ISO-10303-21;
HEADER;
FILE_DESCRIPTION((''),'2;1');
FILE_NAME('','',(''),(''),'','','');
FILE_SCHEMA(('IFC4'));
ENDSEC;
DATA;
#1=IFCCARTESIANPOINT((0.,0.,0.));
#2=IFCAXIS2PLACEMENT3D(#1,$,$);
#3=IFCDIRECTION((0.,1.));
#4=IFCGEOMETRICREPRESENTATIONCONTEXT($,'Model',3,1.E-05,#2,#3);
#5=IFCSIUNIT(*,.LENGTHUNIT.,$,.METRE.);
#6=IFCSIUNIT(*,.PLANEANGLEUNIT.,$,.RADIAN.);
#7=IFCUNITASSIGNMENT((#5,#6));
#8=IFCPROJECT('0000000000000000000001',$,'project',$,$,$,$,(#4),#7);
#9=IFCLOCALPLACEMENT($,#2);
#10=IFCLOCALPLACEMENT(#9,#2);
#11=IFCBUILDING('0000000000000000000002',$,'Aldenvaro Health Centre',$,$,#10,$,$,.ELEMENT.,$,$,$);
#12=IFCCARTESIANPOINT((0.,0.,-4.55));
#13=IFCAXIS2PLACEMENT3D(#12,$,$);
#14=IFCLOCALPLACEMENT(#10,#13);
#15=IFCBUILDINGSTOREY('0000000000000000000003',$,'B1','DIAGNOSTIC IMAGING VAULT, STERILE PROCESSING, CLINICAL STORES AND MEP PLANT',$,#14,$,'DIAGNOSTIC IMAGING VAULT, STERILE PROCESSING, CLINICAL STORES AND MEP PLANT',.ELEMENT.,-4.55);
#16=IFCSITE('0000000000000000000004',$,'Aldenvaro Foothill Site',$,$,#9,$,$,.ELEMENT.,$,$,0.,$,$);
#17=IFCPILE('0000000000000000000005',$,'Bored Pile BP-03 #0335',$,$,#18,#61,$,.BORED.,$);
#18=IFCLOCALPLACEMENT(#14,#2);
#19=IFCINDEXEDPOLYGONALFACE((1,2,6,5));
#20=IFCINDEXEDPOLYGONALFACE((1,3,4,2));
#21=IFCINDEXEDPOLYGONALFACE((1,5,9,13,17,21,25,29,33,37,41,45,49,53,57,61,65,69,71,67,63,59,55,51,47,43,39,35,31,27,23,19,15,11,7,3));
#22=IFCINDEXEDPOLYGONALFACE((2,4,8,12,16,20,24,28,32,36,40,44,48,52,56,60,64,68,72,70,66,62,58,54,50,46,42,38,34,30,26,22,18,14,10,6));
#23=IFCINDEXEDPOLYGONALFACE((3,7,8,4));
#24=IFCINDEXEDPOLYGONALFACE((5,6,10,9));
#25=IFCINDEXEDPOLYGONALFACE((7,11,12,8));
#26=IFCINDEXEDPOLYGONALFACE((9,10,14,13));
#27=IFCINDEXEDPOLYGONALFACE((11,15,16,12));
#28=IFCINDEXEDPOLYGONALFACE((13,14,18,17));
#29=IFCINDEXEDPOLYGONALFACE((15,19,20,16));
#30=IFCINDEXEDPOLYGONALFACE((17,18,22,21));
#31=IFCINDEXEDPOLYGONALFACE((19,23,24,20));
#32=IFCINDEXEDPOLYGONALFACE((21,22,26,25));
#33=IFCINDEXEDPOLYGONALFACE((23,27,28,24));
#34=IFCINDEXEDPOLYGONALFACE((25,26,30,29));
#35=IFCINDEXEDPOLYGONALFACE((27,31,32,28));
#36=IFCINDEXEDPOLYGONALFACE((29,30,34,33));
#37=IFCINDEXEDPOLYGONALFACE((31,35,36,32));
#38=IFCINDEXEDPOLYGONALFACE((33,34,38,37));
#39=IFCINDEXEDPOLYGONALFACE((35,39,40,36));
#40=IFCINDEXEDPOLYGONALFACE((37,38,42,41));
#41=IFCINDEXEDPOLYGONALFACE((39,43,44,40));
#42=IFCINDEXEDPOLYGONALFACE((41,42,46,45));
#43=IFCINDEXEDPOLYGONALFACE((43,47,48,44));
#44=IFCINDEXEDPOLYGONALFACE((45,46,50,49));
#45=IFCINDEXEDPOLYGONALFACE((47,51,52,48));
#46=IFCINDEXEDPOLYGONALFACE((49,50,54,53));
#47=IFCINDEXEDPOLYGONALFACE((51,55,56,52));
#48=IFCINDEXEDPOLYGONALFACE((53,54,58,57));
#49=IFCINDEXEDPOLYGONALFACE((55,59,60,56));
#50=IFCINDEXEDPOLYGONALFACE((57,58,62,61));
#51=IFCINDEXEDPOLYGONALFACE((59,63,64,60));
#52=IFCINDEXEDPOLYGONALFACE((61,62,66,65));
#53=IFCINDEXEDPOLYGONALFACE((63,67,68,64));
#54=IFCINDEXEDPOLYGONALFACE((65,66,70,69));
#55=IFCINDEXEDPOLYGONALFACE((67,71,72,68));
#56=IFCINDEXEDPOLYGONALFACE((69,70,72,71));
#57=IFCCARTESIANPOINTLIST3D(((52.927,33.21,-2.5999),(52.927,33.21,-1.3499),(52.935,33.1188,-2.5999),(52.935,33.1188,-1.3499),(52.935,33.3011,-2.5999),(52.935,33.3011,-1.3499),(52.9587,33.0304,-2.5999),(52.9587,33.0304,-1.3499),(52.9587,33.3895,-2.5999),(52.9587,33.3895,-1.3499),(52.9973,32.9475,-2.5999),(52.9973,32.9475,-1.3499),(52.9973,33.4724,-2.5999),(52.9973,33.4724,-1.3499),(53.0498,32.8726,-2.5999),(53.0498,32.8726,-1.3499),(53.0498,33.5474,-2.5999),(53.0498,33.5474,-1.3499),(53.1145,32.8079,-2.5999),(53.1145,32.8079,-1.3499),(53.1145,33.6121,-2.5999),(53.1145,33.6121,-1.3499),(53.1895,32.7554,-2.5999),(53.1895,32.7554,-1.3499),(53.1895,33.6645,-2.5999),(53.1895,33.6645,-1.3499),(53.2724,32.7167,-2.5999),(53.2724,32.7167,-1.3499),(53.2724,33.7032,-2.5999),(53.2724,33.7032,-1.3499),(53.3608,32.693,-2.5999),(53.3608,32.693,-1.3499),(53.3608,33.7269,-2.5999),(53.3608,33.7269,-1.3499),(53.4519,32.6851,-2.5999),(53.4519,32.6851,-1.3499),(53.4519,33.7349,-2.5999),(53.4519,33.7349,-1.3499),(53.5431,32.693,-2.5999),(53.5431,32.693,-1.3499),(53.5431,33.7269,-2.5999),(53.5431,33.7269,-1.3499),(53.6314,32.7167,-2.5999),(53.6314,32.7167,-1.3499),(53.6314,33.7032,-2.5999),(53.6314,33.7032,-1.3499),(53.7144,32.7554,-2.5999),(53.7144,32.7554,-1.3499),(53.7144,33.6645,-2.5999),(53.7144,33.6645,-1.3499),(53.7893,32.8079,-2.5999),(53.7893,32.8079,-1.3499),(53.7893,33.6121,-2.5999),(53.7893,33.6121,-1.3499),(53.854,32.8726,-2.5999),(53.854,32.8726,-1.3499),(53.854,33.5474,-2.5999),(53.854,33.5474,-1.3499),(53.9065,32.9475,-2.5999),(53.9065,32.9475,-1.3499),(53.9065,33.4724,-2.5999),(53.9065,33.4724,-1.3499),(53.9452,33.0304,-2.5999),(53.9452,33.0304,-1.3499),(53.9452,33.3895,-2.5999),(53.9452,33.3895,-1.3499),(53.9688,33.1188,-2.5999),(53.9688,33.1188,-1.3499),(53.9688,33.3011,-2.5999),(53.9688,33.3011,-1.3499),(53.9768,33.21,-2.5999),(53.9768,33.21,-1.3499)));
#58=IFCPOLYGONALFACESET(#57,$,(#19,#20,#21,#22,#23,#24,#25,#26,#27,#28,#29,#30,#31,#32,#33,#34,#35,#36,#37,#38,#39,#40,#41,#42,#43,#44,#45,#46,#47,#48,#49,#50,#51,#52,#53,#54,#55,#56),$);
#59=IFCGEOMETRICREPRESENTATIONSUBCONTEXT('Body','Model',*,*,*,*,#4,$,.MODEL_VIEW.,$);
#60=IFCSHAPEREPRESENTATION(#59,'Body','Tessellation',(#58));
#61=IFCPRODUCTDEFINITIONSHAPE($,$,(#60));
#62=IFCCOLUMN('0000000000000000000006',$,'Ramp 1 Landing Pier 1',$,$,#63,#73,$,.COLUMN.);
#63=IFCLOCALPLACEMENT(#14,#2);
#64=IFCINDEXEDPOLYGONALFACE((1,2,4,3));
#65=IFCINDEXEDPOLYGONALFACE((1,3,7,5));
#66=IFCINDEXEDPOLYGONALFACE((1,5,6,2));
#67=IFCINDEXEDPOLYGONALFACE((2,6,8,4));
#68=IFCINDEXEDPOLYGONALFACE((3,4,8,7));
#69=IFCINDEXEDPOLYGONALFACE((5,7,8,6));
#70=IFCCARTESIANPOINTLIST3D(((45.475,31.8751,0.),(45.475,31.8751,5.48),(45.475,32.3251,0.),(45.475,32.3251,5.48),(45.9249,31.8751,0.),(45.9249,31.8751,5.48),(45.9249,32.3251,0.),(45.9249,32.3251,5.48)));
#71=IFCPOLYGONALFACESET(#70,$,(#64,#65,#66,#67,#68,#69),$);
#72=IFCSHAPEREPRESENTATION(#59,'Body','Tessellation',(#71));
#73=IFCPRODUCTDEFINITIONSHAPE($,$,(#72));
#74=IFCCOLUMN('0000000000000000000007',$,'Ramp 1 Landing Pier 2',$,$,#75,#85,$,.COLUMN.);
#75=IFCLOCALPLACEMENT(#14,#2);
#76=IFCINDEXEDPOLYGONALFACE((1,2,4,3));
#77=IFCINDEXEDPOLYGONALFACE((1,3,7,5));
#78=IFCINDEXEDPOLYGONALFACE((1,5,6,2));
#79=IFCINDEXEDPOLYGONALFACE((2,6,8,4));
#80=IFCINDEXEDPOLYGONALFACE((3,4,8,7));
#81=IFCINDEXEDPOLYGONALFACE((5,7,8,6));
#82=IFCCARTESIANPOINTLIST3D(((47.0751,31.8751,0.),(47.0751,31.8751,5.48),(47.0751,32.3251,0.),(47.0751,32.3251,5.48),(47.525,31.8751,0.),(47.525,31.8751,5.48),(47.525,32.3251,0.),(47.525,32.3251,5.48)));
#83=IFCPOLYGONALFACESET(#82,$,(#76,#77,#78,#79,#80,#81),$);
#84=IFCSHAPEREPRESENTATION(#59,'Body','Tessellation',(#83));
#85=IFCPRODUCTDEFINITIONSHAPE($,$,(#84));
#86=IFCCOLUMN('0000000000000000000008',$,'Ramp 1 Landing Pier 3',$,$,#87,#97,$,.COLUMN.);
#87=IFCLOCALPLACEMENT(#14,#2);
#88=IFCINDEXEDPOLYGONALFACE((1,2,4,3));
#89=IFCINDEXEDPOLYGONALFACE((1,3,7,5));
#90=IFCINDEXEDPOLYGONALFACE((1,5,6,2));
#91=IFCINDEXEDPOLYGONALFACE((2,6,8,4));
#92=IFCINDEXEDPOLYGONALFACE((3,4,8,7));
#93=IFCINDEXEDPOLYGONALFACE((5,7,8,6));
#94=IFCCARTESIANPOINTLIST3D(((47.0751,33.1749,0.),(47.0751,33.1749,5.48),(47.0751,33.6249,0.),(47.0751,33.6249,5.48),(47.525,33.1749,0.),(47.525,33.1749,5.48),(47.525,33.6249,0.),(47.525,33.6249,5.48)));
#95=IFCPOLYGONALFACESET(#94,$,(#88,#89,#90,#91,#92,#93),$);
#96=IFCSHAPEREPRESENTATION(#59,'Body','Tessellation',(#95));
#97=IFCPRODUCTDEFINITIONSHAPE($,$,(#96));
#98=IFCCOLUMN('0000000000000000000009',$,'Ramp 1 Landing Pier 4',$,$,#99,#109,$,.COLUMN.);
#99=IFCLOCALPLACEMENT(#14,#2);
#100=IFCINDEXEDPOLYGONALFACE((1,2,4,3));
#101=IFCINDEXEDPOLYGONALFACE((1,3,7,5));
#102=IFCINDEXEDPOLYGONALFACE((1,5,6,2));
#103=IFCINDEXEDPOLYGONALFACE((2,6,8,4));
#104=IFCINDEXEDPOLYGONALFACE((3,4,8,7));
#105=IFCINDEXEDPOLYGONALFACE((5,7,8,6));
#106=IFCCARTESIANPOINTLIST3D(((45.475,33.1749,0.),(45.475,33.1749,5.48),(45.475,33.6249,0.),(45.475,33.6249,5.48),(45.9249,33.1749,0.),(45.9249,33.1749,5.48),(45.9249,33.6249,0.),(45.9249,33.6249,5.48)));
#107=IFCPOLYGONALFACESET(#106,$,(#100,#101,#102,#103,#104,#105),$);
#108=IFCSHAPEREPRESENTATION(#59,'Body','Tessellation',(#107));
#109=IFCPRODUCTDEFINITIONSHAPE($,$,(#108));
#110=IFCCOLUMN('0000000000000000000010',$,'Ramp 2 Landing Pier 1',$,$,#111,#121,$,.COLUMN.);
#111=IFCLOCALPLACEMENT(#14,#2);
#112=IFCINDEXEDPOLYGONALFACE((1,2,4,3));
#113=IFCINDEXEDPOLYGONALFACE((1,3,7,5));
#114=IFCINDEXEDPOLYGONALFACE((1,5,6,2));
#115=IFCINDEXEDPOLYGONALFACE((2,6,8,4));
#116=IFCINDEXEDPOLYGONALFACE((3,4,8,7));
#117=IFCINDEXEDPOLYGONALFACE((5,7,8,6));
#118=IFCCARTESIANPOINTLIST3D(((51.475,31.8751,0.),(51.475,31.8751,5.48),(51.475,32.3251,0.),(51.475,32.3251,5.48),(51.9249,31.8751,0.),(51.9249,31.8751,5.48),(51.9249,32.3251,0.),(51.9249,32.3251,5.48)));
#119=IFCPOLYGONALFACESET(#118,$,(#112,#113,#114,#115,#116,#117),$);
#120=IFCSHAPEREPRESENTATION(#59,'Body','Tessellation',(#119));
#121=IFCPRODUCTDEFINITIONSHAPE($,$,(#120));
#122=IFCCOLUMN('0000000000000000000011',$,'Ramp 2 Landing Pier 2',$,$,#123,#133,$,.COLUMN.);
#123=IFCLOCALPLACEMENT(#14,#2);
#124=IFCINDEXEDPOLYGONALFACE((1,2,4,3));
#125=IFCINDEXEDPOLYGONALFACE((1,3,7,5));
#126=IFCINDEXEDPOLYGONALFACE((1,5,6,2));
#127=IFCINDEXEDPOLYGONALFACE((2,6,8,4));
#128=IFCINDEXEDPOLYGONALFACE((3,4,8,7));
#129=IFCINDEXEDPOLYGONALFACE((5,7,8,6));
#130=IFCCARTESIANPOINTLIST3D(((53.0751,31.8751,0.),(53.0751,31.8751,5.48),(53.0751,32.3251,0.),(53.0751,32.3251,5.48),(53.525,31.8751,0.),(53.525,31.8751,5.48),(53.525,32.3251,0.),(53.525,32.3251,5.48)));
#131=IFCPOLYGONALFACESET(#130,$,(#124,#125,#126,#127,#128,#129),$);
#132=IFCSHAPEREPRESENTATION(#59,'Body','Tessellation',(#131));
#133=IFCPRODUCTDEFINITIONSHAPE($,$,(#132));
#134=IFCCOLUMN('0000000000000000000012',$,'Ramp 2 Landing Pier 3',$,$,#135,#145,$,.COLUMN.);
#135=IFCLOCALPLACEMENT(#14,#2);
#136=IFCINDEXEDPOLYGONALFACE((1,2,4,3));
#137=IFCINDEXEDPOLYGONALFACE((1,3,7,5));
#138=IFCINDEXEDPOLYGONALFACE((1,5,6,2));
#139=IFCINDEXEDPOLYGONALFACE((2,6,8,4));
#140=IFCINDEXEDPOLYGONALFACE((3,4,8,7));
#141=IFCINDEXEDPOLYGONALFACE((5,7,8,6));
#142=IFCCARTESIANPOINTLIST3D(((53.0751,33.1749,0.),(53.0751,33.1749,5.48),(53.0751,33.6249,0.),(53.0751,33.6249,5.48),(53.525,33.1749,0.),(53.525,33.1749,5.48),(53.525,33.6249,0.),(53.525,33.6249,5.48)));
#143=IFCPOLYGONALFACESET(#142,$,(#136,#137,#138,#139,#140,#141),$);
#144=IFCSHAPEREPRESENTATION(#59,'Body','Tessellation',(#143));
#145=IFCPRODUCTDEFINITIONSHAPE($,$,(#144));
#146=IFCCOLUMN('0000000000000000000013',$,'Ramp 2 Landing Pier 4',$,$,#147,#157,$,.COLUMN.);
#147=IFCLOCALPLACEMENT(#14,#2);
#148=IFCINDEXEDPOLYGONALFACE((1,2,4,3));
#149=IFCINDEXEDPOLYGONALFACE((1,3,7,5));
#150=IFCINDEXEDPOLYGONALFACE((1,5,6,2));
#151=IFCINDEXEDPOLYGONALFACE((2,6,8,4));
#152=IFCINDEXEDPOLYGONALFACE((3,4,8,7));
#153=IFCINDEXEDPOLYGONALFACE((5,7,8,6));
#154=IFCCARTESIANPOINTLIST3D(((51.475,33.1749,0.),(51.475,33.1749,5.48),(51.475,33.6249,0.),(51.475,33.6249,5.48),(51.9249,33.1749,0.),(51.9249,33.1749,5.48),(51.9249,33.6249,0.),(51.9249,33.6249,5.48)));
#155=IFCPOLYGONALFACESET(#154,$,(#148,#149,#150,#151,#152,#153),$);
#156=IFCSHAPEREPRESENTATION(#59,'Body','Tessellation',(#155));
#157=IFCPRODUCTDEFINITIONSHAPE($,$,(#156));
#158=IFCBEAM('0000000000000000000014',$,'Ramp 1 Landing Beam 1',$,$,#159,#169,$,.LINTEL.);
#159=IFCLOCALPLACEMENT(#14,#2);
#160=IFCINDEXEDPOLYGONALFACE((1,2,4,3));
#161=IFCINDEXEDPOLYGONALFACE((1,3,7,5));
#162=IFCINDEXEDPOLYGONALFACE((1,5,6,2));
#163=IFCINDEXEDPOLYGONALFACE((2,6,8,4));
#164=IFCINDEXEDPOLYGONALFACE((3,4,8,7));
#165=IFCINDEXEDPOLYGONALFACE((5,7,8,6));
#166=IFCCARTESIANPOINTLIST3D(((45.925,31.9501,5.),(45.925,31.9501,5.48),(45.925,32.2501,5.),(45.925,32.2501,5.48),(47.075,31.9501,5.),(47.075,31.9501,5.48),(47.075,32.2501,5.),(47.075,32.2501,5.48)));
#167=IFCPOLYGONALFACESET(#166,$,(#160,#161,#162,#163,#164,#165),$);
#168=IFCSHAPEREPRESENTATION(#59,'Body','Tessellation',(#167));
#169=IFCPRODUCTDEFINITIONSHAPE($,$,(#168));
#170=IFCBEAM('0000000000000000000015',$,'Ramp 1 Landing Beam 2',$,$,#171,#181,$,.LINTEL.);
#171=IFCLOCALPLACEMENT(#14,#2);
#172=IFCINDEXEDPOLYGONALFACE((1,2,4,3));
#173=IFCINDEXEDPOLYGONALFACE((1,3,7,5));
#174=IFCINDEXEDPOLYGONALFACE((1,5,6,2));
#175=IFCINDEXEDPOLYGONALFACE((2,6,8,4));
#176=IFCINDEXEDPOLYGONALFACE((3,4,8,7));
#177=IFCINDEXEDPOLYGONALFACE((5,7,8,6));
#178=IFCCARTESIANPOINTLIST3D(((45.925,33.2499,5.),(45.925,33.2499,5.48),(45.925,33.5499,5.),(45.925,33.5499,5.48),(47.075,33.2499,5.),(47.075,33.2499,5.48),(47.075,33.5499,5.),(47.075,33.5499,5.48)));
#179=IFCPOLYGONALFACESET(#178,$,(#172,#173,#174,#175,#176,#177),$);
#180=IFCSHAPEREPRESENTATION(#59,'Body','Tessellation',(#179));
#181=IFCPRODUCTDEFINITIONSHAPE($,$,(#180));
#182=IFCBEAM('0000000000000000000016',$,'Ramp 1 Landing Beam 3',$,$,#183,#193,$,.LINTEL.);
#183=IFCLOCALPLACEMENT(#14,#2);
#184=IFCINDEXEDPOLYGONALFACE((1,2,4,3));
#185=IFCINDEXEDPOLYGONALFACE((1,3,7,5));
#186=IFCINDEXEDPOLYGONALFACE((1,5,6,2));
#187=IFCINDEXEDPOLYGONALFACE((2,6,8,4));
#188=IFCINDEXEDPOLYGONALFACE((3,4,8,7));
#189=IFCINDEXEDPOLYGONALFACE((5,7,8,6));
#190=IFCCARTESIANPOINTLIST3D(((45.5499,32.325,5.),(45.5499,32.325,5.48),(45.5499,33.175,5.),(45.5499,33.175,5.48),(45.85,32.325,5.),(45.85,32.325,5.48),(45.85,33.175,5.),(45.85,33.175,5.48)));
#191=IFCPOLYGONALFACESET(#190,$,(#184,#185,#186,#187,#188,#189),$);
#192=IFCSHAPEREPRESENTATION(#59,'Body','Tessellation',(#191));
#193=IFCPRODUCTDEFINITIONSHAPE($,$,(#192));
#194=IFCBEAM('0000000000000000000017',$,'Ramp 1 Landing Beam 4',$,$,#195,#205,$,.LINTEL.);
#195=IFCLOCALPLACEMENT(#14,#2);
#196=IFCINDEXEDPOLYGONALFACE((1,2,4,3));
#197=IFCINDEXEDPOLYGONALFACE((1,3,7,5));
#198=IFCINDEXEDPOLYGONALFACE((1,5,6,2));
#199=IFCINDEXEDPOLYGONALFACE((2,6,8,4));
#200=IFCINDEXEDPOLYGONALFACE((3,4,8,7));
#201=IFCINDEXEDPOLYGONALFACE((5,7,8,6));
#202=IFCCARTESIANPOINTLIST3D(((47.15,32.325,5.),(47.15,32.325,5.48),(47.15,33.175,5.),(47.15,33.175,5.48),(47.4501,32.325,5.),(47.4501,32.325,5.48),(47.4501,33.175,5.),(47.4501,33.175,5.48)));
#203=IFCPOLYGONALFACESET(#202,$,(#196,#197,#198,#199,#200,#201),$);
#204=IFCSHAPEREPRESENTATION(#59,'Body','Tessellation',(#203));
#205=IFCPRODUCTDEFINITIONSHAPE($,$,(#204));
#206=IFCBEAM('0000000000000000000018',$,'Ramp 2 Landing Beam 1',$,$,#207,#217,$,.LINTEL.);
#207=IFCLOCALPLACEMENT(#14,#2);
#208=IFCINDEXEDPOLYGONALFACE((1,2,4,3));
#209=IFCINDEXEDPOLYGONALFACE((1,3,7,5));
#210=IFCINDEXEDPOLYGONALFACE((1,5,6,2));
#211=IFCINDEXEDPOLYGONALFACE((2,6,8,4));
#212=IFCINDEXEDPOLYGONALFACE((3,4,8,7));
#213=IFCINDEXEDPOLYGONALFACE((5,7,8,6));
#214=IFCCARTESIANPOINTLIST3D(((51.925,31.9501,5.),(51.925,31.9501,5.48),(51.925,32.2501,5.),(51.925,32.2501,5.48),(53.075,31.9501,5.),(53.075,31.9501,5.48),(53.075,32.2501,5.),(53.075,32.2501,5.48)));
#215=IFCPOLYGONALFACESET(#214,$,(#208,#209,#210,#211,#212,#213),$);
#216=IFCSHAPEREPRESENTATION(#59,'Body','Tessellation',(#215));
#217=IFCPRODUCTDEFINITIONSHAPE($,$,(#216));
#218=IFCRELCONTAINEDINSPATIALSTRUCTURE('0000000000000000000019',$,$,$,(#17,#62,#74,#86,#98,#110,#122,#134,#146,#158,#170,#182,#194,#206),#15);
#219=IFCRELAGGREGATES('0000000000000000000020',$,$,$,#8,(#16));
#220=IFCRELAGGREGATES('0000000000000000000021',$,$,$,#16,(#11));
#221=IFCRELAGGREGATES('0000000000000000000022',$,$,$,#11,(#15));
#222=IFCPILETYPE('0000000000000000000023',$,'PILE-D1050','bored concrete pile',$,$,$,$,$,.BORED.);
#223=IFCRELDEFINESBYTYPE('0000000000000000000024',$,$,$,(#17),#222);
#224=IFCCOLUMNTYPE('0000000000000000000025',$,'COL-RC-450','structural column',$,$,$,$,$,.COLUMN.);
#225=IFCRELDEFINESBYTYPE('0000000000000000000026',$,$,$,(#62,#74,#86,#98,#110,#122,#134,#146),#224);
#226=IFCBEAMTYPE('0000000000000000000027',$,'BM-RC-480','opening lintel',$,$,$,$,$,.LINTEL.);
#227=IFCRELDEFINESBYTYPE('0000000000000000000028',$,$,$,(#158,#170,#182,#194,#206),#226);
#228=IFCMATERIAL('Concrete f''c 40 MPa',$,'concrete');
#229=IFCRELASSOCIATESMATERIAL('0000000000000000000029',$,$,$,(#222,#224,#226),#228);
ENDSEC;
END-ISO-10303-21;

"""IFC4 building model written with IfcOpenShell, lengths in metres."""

from ifc_helpers import new_model, si_unit, direction, frame, origin, origin_2d, place, context, subcontext, project, spatial, rectangle, circle, extrude, material, material_profile, profile_set, type_object, element, save


model = new_model("IFC4")

# Units and contexts
model_context = context("Model", 3, precision=1e-05, world=origin(), true_north=direction((0.0, 1.0)))
body_context = subcontext(model_context, "Body", "Model", "MODEL_VIEW")
ifc_project = project(units=[si_unit("LENGTHUNIT", "METRE"), si_unit("PLANEANGLEUNIT", "RADIAN")], contexts=[model_context])

# Site, building, storey
site_placement = place(None, origin())
site = spatial("IfcSite", under=ifc_project, at=site_placement, Name="Aldenvaro Foothill Site", CompositionType="ELEMENT", RefElevation=0.0)
building_placement = place(site_placement, origin())
building = spatial("IfcBuilding", under=site, at=building_placement, Name="Aldenvaro Health Centre", CompositionType="ELEMENT")
storey_placement = place(building_placement, frame((0.0, 0.0, -4.55)))
storey = spatial("IfcBuildingStorey", under=building, at=storey_placement, Name="B1", Description="DIAGNOSTIC IMAGING VAULT, STERILE PROCESSING, CLINICAL STORES AND MEP PLANT", LongName="DIAGNOSTIC IMAGING VAULT, STERILE PROCESSING, CLINICAL STORES AND MEP PLANT", CompositionType="ELEMENT", Elevation=-4.55)

# Pile
ifc_material = material(Name="Concrete f'c 40 MPa", Category="concrete")
ifc_material_profile_1 = material_profile(ifc_material, circle(Radius=0.5249, at=origin_2d()), Name="PILE D1050", Category="concrete")
ifc_profile_set_1 = profile_set([ifc_material_profile_1], Name="Concrete f'c 40 MPa")
pile_type = type_object("IfcPileType", Name="PILE-D1050", Description="bored concrete pile", PredefinedType="BORED", material=ifc_profile_set_1)
for number, where, z_axis, x_axis, name in (
    (1, (53.4519, 33.21, -1.3499), (0.0, 0.0, -1.0), (1.0, 0.0, 0.0), "Bored Pile BP-03 #0335"),
):
    element("IfcPile", number, at=place(storey_placement, frame(where, z_axis=z_axis, x_axis=x_axis)), inside=storey, type_object=pile_type, Name=name, PredefinedType="BORED", context=body_context, shape_type="SweptSolid", body=[
        extrude(circle(Radius=0.5249, at=origin_2d()), origin(), (0.0, 0.0, 1.0), 1.25),
    ])

# Columns
ifc_material_profile_2 = material_profile(ifc_material, rectangle(XDim=0.45, YDim=0.45, at=origin_2d()), Name="RC 450x450", Category="concrete")
ifc_profile_set_2 = profile_set([ifc_material_profile_2], Name="Concrete f'c 40 MPa")
column_type = type_object("IfcColumnType", Name="COL-RC-450", Description="structural column", PredefinedType="COLUMN", material=ifc_profile_set_2)
for number, where, z_axis, x_axis, name in (
    (2, (45.7, 32.1001, 0.0), (0.0, 0.0, 1.0), (1.0, 0.0, 0.0), "Ramp 1 Landing Pier 1"),
    (3, (47.3, 32.1001, 0.0), (0.0, 0.0, 1.0), (1.0, 0.0, 0.0), "Ramp 1 Landing Pier 2"),
    (4, (47.3, 33.3999, 0.0), (0.0, 0.0, 1.0), (1.0, 0.0, 0.0), "Ramp 1 Landing Pier 3"),
    (5, (45.7, 33.3999, 0.0), (0.0, 0.0, 1.0), (1.0, 0.0, 0.0), "Ramp 1 Landing Pier 4"),
    (6, (51.7, 32.1001, 0.0), (0.0, 0.0, 1.0), (1.0, 0.0, 0.0), "Ramp 2 Landing Pier 1"),
    (7, (53.3, 32.1001, 0.0), (0.0, 0.0, 1.0), (1.0, 0.0, 0.0), "Ramp 2 Landing Pier 2"),
    (8, (53.3, 33.3999, 0.0), (0.0, 0.0, 1.0), (1.0, 0.0, 0.0), "Ramp 2 Landing Pier 3"),
    (9, (51.7, 33.3999, 0.0), (0.0, 0.0, 1.0), (1.0, 0.0, 0.0), "Ramp 2 Landing Pier 4"),
):
    element("IfcColumn", number, at=place(storey_placement, frame(where, z_axis=z_axis, x_axis=x_axis)), inside=storey, type_object=column_type, Name=name, PredefinedType="COLUMN", context=body_context, shape_type="SweptSolid", body=[
        extrude(rectangle(XDim=0.45, YDim=0.45, at=origin_2d()), origin(), (0.0, 0.0, 1.0), 5.48),
    ])

# Beams
ifc_material_profile_3 = material_profile(ifc_material, rectangle(XDim=0.3, YDim=0.48, at=origin_2d()), Name="RC 300x480", Category="concrete")
ifc_profile_set_3 = profile_set([ifc_material_profile_3], Name="Concrete f'c 40 MPa")
beam_type = type_object("IfcBeamType", Name="BM-RC-480", Description="opening lintel", PredefinedType="LINTEL", material=ifc_profile_set_3)
for number, where, z_axis, x_axis, name in (
    (10, (45.925, 32.1001, 5.24), (1.0, 0.0, 0.0), (0.0, 1.0, 0.0), "Ramp 1 Landing Beam 1"),
    (11, (47.075, 33.3999, 5.24), (-1.0, 0.0, 0.0), (0.0, -1.0, 0.0), "Ramp 1 Landing Beam 2"),
):
    element("IfcBeam", number, at=place(storey_placement, frame(where, z_axis=z_axis, x_axis=x_axis)), inside=storey, type_object=beam_type, Name=name, PredefinedType="LINTEL", context=body_context, shape_type="SweptSolid", body=[
        extrude(rectangle(XDim=0.3, YDim=0.48, at=origin_2d()), origin(), (0.0, 0.0, 1.0), 1.1499),
    ])
for number, where, z_axis, x_axis, name in (
    (12, (45.7, 32.325, 5.24), (0.0, 1.0, 0.0), (-1.0, 0.0, 0.0), "Ramp 1 Landing Beam 3"),
    (13, (47.3, 32.325, 5.24), (0.0, 1.0, 0.0), (-1.0, 0.0, 0.0), "Ramp 1 Landing Beam 4"),
):
    element("IfcBeam", number, at=place(storey_placement, frame(where, z_axis=z_axis, x_axis=x_axis)), inside=storey, type_object=beam_type, Name=name, PredefinedType="LINTEL", context=body_context, shape_type="SweptSolid", body=[
        extrude(rectangle(XDim=0.3, YDim=0.48, at=origin_2d()), origin(), (0.0, 0.0, 1.0), 0.8501),
    ])
for number, where, z_axis, x_axis, name in (
    (14, (51.925, 32.1001, 5.24), (1.0, 0.0, 0.0), (0.0, 1.0, 0.0), "Ramp 2 Landing Beam 1"),
):
    element("IfcBeam", number, at=place(storey_placement, frame(where, z_axis=z_axis, x_axis=x_axis)), inside=storey, type_object=beam_type, Name=name, PredefinedType="LINTEL", context=body_context, shape_type="SweptSolid", body=[
        extrude(rectangle(XDim=0.3, YDim=0.48, at=origin_2d()), origin(), (0.0, 0.0, 1.0), 1.1499),
    ])

save(model, "model.ifc")
